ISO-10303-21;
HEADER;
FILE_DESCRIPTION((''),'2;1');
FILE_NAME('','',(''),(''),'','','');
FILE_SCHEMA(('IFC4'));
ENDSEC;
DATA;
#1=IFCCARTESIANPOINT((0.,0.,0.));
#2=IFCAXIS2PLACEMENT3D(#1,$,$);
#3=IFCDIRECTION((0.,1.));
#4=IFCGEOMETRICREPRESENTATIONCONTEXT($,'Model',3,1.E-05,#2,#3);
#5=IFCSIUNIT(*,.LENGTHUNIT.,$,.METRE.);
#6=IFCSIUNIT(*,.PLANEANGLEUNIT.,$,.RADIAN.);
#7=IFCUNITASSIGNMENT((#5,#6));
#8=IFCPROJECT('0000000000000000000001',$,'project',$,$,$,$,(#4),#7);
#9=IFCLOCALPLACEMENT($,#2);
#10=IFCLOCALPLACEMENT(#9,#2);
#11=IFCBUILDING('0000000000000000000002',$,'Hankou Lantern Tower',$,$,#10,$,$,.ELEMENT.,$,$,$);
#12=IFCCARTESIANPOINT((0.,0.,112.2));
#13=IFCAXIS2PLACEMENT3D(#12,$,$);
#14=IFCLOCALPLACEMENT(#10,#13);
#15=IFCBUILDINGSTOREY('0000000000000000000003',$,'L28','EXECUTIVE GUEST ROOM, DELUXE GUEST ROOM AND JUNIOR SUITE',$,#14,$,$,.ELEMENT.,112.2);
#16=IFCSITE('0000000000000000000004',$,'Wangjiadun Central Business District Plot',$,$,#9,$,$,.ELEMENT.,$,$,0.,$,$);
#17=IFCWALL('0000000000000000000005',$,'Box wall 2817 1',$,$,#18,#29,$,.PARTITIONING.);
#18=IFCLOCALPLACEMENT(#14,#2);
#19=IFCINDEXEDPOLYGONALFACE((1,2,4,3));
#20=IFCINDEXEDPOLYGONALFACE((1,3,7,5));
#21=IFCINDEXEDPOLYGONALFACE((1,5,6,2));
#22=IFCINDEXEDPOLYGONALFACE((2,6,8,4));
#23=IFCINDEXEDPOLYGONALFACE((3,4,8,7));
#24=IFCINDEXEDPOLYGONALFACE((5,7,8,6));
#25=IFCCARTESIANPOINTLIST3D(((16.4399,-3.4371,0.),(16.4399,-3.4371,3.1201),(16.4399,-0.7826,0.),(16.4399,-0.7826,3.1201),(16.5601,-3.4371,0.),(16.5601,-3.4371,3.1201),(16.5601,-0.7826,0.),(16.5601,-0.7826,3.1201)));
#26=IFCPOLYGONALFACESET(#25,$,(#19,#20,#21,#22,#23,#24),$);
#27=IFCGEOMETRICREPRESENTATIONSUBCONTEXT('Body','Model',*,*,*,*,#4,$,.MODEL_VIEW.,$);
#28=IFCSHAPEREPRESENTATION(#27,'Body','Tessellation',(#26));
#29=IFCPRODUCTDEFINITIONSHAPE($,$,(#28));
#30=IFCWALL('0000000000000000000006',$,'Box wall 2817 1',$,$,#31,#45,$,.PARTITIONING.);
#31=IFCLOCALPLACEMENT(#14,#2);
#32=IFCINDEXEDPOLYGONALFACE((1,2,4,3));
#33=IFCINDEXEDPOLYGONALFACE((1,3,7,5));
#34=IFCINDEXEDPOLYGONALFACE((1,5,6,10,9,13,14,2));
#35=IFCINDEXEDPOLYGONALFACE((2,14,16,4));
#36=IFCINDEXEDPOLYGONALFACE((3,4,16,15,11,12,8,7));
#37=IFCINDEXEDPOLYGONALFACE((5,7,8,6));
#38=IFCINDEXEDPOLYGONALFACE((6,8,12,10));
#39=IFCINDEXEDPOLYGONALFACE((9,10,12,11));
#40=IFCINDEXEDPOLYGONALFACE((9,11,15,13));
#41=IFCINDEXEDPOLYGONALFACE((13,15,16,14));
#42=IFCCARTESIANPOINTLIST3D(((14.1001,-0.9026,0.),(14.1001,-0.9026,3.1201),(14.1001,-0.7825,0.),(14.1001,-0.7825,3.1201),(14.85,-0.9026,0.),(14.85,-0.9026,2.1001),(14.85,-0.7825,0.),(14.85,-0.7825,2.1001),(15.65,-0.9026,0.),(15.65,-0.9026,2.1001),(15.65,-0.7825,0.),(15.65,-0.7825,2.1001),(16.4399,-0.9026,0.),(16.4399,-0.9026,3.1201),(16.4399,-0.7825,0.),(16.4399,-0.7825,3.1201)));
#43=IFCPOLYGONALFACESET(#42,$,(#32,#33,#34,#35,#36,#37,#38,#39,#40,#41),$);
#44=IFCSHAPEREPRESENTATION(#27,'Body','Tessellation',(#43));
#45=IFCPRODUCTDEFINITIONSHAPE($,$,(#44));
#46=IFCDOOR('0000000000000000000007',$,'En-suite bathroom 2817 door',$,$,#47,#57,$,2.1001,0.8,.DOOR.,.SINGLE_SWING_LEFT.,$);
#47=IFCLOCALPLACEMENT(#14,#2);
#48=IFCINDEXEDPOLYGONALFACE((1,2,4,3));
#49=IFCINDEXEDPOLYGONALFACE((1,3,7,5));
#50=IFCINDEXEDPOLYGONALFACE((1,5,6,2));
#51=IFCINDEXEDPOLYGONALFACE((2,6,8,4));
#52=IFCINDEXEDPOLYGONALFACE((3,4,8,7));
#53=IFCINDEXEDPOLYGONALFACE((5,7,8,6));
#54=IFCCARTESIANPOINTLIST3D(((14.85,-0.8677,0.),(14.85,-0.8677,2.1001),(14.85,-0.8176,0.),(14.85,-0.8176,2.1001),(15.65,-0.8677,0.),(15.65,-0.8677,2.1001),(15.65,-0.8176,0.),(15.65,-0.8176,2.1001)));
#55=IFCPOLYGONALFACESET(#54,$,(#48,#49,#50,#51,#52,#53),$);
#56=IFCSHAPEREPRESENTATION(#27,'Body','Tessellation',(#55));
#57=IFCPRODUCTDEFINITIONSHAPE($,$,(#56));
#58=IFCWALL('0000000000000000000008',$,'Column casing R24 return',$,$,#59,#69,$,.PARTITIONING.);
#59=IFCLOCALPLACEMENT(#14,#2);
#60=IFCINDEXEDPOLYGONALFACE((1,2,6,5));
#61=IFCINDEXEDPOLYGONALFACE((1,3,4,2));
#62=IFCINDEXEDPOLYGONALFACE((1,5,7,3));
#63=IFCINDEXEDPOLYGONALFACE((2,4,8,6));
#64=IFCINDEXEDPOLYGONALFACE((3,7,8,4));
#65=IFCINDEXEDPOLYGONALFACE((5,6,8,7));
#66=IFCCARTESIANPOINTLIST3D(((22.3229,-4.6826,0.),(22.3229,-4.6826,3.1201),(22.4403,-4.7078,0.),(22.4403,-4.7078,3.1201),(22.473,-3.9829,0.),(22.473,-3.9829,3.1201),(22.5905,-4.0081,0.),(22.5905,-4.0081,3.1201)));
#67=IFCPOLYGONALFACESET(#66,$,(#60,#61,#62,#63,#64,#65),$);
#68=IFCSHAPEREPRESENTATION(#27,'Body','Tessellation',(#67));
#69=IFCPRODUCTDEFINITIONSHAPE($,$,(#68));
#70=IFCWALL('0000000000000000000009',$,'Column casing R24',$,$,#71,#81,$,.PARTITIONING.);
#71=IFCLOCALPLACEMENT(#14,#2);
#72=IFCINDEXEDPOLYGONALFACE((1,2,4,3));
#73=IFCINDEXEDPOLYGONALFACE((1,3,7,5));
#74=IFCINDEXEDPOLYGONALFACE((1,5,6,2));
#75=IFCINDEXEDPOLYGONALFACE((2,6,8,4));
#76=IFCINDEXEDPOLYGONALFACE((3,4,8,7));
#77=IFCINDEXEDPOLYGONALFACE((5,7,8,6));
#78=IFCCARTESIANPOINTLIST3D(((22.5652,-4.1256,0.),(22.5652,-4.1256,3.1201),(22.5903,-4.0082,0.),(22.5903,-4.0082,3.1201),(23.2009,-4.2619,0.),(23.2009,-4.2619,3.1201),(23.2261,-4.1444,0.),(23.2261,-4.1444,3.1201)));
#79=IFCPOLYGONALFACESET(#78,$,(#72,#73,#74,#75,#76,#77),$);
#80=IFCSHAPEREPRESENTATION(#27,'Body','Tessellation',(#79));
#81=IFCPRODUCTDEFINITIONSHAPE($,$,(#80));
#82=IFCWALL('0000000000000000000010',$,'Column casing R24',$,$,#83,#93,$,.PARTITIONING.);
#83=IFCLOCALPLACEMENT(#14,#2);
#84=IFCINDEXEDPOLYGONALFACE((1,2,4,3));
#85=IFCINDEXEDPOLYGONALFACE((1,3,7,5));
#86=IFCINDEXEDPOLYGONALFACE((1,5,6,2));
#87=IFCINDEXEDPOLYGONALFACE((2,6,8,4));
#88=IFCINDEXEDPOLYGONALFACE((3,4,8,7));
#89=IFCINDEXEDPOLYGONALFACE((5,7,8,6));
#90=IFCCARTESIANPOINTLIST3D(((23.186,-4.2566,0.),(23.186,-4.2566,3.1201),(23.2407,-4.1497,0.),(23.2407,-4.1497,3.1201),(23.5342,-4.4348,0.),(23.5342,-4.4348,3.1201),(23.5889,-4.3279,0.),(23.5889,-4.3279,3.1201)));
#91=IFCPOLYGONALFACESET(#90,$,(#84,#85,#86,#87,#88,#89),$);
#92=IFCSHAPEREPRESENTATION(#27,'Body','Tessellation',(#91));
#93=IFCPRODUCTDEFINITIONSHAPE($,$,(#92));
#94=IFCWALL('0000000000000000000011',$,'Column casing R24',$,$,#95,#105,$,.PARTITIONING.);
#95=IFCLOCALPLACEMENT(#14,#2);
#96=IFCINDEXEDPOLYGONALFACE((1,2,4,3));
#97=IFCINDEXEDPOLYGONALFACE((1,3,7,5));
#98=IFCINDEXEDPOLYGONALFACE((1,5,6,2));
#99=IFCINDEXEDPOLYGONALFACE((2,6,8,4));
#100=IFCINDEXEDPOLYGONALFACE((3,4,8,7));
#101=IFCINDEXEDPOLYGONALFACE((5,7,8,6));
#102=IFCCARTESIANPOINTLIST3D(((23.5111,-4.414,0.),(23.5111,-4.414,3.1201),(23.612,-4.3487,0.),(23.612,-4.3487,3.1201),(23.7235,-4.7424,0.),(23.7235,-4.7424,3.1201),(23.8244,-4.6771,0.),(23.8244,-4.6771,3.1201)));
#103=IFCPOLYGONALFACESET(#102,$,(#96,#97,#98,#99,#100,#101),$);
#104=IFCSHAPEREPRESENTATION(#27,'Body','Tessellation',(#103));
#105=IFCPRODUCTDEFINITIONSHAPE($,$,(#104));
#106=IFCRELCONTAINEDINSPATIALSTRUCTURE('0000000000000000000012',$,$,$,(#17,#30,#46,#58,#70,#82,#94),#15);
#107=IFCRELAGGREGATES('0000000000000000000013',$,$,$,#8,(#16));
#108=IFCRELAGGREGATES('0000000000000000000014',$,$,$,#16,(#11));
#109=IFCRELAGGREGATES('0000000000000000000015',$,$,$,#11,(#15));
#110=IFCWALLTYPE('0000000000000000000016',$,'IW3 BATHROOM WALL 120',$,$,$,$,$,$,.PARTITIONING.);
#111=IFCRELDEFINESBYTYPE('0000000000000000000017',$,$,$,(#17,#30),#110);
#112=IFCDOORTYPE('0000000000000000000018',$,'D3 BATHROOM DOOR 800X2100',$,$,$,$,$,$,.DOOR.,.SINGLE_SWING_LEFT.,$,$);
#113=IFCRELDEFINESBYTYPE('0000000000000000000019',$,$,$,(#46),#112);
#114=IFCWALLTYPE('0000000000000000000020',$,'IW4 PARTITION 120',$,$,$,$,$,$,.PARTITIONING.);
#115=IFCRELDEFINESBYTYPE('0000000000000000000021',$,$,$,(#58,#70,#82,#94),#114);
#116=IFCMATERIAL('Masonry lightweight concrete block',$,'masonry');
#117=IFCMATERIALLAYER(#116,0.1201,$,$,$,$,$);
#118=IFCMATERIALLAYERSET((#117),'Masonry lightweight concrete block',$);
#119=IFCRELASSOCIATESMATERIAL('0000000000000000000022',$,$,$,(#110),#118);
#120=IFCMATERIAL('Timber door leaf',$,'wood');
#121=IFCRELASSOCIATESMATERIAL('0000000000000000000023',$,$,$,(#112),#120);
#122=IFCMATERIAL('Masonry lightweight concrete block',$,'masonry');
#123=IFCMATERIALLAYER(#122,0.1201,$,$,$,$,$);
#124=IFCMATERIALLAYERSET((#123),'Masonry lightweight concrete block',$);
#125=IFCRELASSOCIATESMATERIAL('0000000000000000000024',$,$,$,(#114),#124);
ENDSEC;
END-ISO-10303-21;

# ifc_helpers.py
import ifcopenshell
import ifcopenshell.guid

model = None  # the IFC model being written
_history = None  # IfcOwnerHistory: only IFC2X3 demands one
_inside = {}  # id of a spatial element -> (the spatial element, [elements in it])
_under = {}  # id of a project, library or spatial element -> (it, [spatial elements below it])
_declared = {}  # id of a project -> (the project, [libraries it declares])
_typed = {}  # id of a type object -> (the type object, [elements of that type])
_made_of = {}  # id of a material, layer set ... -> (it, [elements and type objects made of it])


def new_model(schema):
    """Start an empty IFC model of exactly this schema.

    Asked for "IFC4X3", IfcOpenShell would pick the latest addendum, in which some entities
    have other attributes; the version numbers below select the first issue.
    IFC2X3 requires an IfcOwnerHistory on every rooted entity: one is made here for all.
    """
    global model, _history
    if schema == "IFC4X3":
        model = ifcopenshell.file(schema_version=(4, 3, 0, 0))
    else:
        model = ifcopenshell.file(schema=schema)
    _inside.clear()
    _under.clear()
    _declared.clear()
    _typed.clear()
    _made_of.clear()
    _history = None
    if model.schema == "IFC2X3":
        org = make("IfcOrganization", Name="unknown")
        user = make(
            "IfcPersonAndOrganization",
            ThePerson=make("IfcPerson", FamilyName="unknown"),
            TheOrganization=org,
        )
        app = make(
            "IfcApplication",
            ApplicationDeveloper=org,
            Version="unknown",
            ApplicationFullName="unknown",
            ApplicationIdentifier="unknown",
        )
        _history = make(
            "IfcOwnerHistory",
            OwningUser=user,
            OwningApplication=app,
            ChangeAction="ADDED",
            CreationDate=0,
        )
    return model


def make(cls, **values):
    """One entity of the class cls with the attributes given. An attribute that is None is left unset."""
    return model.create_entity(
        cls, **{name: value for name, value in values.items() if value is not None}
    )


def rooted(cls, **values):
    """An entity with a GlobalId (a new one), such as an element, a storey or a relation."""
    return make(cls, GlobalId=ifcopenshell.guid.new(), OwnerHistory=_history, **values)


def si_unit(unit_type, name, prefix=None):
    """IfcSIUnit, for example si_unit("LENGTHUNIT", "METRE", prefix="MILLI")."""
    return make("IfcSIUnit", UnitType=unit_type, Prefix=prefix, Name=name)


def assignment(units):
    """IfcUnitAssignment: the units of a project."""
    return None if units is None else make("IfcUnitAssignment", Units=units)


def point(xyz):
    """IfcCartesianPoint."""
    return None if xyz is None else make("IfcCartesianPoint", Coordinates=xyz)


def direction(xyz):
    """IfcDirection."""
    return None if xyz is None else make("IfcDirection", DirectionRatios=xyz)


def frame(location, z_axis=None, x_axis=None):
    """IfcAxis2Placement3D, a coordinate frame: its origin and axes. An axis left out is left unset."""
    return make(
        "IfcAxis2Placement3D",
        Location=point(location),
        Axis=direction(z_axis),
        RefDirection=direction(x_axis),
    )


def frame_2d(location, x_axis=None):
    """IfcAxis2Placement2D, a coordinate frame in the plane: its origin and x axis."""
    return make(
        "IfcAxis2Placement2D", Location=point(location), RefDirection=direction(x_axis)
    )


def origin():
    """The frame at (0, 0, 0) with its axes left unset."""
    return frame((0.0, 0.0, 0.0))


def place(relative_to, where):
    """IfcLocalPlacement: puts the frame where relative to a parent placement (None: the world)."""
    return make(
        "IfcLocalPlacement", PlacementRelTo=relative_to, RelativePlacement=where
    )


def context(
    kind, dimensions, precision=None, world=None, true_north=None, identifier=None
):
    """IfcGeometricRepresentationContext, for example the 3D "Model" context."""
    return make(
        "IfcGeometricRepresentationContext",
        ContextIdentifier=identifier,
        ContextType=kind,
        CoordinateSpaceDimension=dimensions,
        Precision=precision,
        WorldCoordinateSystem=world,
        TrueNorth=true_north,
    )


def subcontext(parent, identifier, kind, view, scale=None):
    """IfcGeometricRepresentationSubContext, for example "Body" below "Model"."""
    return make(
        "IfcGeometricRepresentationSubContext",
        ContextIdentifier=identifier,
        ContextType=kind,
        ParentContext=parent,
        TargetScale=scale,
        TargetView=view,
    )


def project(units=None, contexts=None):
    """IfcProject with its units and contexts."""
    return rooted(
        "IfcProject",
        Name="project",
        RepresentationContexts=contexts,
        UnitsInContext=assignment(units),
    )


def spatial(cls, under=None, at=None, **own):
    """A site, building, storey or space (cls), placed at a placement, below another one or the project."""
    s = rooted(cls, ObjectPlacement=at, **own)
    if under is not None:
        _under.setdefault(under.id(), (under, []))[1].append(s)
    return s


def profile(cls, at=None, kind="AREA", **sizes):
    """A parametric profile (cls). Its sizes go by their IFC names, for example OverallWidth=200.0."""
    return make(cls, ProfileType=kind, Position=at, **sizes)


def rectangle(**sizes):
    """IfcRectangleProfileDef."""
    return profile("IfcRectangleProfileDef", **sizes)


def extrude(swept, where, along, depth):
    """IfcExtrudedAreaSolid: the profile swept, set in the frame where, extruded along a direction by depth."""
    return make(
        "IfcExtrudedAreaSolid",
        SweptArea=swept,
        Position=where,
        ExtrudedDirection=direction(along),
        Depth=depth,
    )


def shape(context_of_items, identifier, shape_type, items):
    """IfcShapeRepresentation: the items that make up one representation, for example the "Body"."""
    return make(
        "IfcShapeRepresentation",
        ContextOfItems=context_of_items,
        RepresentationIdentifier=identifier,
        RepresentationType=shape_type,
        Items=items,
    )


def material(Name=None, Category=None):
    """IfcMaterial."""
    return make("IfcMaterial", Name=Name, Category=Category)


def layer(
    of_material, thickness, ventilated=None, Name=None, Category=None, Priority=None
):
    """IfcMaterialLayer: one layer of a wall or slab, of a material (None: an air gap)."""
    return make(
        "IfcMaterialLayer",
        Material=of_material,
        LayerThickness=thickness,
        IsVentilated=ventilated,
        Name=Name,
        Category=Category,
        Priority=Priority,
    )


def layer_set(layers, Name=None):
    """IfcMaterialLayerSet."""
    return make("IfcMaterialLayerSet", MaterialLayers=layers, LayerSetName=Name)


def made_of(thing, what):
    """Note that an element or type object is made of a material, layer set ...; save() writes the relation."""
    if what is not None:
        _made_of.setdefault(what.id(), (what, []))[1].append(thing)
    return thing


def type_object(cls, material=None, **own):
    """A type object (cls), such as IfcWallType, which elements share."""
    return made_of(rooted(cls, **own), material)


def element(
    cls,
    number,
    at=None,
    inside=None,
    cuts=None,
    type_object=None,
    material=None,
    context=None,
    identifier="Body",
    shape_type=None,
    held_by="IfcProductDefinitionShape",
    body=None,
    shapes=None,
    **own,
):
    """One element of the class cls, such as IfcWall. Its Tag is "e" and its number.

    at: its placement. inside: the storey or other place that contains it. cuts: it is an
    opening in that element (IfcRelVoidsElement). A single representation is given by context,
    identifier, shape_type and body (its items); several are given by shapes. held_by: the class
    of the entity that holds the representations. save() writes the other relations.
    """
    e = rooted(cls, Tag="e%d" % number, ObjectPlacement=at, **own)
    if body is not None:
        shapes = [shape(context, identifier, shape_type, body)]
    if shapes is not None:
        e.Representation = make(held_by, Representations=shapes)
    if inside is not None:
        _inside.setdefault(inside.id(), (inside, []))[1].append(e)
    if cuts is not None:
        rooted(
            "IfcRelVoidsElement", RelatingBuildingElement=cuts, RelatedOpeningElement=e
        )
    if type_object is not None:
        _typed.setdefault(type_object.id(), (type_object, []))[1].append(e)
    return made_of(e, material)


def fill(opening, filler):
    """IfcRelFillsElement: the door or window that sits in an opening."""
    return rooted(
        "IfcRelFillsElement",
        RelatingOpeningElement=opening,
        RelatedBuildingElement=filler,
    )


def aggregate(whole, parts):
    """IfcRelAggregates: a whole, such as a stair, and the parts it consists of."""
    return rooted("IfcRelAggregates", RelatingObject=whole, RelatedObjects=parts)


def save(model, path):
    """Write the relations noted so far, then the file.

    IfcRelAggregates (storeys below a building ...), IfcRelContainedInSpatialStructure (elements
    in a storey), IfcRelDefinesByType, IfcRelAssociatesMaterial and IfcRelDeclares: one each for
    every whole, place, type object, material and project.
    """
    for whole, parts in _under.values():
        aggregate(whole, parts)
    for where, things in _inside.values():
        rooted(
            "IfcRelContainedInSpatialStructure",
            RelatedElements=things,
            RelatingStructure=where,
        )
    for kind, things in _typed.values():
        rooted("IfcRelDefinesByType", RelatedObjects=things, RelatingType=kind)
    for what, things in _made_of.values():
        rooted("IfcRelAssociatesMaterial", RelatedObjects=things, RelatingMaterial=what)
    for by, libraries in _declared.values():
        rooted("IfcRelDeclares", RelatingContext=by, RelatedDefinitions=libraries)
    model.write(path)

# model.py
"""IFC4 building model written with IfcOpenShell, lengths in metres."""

from ifc_helpers import new_model, si_unit, direction, frame, frame_2d, origin, place, context, subcontext, project, spatial, rectangle, extrude, material, layer, layer_set, type_object, element, fill, save


model = new_model("IFC4")

# Units and contexts
model_context = context("Model", 3, precision=1e-05, world=origin(), true_north=direction((0.0, 1.0)))
body_context = subcontext(model_context, "Body", "Model", "MODEL_VIEW")
ifc_project = project(units=[si_unit("LENGTHUNIT", "METRE"), si_unit("PLANEANGLEUNIT", "RADIAN")], contexts=[model_context])

# Site, building, storey
site_placement = place(None, origin())
site = spatial("IfcSite", under=ifc_project, at=site_placement, Name="Wangjiadun Central Business District Plot", CompositionType="ELEMENT", RefElevation=0.0)
building_placement = place(site_placement, origin())
building = spatial("IfcBuilding", under=site, at=building_placement, Name="Hankou Lantern Tower", CompositionType="ELEMENT")
storey_placement = place(building_placement, frame((0.0, 0.0, 112.2)))
storey = spatial("IfcBuildingStorey", under=building, at=storey_placement, Name="L28", Description="EXECUTIVE GUEST ROOM, DELUXE GUEST ROOM AND JUNIOR SUITE", CompositionType="ELEMENT", Elevation=112.2)

# Shared definitions
ifc_material_1 = material(Name="Masonry lightweight concrete block", Category="masonry")
ifc_layer_1 = layer(ifc_material_1, 0.1201)
ifc_layer_set_1 = layer_set([ifc_layer_1], Name="Masonry lightweight concrete block")
wall_type_1 = type_object("IfcWallType", Name="IW3 BATHROOM WALL 120", PredefinedType="PARTITIONING", material=ifc_layer_set_1)

# Shared definitions
ifc_material_2 = material(Name="Timber door leaf", Category="wood")
door_type_1 = type_object("IfcDoorType", Name="D3 BATHROOM DOOR 800X2100", OperationType="SINGLE_SWING_LEFT", PredefinedType="DOOR", material=ifc_material_2)

# Wall
wall_1_placement = place(storey_placement, frame((16.5, -3.437, 0.0), z_axis=(0.0, 0.0, 1.0), x_axis=(0.0, 1.0, 0.0)))
element("IfcWall", 1, at=wall_1_placement, inside=storey, type_object=wall_type_1, Name="Box wall 2817 1", PredefinedType="PARTITIONING", context=body_context, shape_type="SweptSolid", body=[
    extrude(rectangle(XDim=2.6545, YDim=0.1201, at=frame_2d((1.3271, 0.0))), origin(), (0.0, 0.0, 1.0), 3.1201),
])

# Wall, opening, door
wall_2_placement = place(storey_placement, frame((14.1001, -0.8425, 0.0), z_axis=(0.0, 0.0, 1.0), x_axis=(1.0, 0.0, 0.0)))
wall_2 = element("IfcWall", 2, at=wall_2_placement, inside=storey, type_object=wall_type_1, Name="Box wall 2817 1", PredefinedType="PARTITIONING", context=body_context, shape_type="SweptSolid", body=[
    extrude(rectangle(XDim=2.3398, YDim=0.1201, at=frame_2d((1.1699, 0.0))), origin(), (0.0, 0.0, 1.0), 3.1201),
])
opening_1_placement = place(wall_2_placement, frame((0.75, 0.0, 0.0)))
opening_1 = element("IfcOpeningElement", 3, at=opening_1_placement, cuts=wall_2, PredefinedType="OPENING", context=body_context, shape_type="SweptSolid", body=[
    extrude(rectangle(XDim=0.8, YDim=2.1001, at=frame_2d((0.3999, 1.05))), frame((0.0, 0.0701, 0.0), z_axis=(0.0, -1.0, 0.0), x_axis=(1.0, 0.0, 0.0)), (0.0, 0.0, 1.0), 0.1401),
])
door_1_placement = place(opening_1_placement, origin())
door_1 = element("IfcDoor", 4, at=door_1_placement, inside=storey, type_object=door_type_1, Name="En-suite bathroom 2817 door", OperationType="SINGLE_SWING_LEFT", OverallHeight=2.1001, OverallWidth=0.8, PredefinedType="DOOR", context=body_context, shape_type="SweptSolid", body=[
    extrude(rectangle(XDim=0.8, YDim=2.1001, at=frame_2d((0.3999, 1.05))), frame((0.0, 0.0249, 0.0), z_axis=(0.0, -1.0, 0.0), x_axis=(1.0, 0.0, 0.0)), (0.0, 0.0, 1.0), 0.05),
])
fill(opening_1, door_1)

# Walls
ifc_material_3 = material(Name="Masonry lightweight concrete block", Category="masonry")
ifc_layer_2 = layer(ifc_material_3, 0.1201)
ifc_layer_set_2 = layer_set([ifc_layer_2], Name="Masonry lightweight concrete block")
wall_type_2 = type_object("IfcWallType", Name="IW4 PARTITION 120", PredefinedType="PARTITIONING", material=ifc_layer_set_2)
wall_3_placement = place(storey_placement, frame((22.3816, -4.6953, 0.0), z_axis=(0.0, 0.0, 1.0), x_axis=(0.209809, 0.977742, 0.0)))
element("IfcWall", 5, at=wall_3_placement, inside=storey, type_object=wall_type_2, Name="Column casing R24 return", PredefinedType="PARTITIONING", context=body_context, shape_type="SweptSolid", body=[
    extrude(rectangle(XDim=0.7156, YDim=0.1201, at=frame_2d((0.3579, 0.0))), origin(), (0.0, 0.0, 1.0), 3.1201),
])
wall_4_placement = place(storey_placement, frame((22.5776, -4.0669, 0.0), z_axis=(0.0, 0.0, 1.0), x_axis=(0.977802, -0.209529, 0.0)))
element("IfcWall", 6, at=wall_4_placement, inside=storey, type_object=wall_type_2, Name="Column casing R24", PredefinedType="PARTITIONING", context=body_context, shape_type="SweptSolid", body=[
    extrude(rectangle(XDim=0.6501, YDim=0.1201, at=frame_2d((0.3252, 0.0))), origin(), (0.0, 0.0, 1.0), 3.1201),
])
for number, where, z_axis, x_axis, name in (
    (7, (23.2134, -4.2031, 0.0), (0.0, 0.0, 1.0), (0.890142, -0.455683, 0.0), "Column casing R24"),
    (8, (23.5615, -4.3813, 0.0), (0.0, 0.0, 1.0), (0.543122, -0.839654, 0.0), "Column casing R24"),
):
    element("IfcWall", number, at=place(storey_placement, frame(where, z_axis=z_axis, x_axis=x_axis)), inside=storey, type_object=wall_type_2, Name=name, PredefinedType="PARTITIONING", context=body_context, shape_type="SweptSolid", body=[
        extrude(rectangle(XDim=0.3911, YDim=0.1201, at=frame_2d((0.1956, 0.0))), origin(), (0.0, 0.0, 1.0), 3.1201),
    ])

save(model, "model.ifc")
